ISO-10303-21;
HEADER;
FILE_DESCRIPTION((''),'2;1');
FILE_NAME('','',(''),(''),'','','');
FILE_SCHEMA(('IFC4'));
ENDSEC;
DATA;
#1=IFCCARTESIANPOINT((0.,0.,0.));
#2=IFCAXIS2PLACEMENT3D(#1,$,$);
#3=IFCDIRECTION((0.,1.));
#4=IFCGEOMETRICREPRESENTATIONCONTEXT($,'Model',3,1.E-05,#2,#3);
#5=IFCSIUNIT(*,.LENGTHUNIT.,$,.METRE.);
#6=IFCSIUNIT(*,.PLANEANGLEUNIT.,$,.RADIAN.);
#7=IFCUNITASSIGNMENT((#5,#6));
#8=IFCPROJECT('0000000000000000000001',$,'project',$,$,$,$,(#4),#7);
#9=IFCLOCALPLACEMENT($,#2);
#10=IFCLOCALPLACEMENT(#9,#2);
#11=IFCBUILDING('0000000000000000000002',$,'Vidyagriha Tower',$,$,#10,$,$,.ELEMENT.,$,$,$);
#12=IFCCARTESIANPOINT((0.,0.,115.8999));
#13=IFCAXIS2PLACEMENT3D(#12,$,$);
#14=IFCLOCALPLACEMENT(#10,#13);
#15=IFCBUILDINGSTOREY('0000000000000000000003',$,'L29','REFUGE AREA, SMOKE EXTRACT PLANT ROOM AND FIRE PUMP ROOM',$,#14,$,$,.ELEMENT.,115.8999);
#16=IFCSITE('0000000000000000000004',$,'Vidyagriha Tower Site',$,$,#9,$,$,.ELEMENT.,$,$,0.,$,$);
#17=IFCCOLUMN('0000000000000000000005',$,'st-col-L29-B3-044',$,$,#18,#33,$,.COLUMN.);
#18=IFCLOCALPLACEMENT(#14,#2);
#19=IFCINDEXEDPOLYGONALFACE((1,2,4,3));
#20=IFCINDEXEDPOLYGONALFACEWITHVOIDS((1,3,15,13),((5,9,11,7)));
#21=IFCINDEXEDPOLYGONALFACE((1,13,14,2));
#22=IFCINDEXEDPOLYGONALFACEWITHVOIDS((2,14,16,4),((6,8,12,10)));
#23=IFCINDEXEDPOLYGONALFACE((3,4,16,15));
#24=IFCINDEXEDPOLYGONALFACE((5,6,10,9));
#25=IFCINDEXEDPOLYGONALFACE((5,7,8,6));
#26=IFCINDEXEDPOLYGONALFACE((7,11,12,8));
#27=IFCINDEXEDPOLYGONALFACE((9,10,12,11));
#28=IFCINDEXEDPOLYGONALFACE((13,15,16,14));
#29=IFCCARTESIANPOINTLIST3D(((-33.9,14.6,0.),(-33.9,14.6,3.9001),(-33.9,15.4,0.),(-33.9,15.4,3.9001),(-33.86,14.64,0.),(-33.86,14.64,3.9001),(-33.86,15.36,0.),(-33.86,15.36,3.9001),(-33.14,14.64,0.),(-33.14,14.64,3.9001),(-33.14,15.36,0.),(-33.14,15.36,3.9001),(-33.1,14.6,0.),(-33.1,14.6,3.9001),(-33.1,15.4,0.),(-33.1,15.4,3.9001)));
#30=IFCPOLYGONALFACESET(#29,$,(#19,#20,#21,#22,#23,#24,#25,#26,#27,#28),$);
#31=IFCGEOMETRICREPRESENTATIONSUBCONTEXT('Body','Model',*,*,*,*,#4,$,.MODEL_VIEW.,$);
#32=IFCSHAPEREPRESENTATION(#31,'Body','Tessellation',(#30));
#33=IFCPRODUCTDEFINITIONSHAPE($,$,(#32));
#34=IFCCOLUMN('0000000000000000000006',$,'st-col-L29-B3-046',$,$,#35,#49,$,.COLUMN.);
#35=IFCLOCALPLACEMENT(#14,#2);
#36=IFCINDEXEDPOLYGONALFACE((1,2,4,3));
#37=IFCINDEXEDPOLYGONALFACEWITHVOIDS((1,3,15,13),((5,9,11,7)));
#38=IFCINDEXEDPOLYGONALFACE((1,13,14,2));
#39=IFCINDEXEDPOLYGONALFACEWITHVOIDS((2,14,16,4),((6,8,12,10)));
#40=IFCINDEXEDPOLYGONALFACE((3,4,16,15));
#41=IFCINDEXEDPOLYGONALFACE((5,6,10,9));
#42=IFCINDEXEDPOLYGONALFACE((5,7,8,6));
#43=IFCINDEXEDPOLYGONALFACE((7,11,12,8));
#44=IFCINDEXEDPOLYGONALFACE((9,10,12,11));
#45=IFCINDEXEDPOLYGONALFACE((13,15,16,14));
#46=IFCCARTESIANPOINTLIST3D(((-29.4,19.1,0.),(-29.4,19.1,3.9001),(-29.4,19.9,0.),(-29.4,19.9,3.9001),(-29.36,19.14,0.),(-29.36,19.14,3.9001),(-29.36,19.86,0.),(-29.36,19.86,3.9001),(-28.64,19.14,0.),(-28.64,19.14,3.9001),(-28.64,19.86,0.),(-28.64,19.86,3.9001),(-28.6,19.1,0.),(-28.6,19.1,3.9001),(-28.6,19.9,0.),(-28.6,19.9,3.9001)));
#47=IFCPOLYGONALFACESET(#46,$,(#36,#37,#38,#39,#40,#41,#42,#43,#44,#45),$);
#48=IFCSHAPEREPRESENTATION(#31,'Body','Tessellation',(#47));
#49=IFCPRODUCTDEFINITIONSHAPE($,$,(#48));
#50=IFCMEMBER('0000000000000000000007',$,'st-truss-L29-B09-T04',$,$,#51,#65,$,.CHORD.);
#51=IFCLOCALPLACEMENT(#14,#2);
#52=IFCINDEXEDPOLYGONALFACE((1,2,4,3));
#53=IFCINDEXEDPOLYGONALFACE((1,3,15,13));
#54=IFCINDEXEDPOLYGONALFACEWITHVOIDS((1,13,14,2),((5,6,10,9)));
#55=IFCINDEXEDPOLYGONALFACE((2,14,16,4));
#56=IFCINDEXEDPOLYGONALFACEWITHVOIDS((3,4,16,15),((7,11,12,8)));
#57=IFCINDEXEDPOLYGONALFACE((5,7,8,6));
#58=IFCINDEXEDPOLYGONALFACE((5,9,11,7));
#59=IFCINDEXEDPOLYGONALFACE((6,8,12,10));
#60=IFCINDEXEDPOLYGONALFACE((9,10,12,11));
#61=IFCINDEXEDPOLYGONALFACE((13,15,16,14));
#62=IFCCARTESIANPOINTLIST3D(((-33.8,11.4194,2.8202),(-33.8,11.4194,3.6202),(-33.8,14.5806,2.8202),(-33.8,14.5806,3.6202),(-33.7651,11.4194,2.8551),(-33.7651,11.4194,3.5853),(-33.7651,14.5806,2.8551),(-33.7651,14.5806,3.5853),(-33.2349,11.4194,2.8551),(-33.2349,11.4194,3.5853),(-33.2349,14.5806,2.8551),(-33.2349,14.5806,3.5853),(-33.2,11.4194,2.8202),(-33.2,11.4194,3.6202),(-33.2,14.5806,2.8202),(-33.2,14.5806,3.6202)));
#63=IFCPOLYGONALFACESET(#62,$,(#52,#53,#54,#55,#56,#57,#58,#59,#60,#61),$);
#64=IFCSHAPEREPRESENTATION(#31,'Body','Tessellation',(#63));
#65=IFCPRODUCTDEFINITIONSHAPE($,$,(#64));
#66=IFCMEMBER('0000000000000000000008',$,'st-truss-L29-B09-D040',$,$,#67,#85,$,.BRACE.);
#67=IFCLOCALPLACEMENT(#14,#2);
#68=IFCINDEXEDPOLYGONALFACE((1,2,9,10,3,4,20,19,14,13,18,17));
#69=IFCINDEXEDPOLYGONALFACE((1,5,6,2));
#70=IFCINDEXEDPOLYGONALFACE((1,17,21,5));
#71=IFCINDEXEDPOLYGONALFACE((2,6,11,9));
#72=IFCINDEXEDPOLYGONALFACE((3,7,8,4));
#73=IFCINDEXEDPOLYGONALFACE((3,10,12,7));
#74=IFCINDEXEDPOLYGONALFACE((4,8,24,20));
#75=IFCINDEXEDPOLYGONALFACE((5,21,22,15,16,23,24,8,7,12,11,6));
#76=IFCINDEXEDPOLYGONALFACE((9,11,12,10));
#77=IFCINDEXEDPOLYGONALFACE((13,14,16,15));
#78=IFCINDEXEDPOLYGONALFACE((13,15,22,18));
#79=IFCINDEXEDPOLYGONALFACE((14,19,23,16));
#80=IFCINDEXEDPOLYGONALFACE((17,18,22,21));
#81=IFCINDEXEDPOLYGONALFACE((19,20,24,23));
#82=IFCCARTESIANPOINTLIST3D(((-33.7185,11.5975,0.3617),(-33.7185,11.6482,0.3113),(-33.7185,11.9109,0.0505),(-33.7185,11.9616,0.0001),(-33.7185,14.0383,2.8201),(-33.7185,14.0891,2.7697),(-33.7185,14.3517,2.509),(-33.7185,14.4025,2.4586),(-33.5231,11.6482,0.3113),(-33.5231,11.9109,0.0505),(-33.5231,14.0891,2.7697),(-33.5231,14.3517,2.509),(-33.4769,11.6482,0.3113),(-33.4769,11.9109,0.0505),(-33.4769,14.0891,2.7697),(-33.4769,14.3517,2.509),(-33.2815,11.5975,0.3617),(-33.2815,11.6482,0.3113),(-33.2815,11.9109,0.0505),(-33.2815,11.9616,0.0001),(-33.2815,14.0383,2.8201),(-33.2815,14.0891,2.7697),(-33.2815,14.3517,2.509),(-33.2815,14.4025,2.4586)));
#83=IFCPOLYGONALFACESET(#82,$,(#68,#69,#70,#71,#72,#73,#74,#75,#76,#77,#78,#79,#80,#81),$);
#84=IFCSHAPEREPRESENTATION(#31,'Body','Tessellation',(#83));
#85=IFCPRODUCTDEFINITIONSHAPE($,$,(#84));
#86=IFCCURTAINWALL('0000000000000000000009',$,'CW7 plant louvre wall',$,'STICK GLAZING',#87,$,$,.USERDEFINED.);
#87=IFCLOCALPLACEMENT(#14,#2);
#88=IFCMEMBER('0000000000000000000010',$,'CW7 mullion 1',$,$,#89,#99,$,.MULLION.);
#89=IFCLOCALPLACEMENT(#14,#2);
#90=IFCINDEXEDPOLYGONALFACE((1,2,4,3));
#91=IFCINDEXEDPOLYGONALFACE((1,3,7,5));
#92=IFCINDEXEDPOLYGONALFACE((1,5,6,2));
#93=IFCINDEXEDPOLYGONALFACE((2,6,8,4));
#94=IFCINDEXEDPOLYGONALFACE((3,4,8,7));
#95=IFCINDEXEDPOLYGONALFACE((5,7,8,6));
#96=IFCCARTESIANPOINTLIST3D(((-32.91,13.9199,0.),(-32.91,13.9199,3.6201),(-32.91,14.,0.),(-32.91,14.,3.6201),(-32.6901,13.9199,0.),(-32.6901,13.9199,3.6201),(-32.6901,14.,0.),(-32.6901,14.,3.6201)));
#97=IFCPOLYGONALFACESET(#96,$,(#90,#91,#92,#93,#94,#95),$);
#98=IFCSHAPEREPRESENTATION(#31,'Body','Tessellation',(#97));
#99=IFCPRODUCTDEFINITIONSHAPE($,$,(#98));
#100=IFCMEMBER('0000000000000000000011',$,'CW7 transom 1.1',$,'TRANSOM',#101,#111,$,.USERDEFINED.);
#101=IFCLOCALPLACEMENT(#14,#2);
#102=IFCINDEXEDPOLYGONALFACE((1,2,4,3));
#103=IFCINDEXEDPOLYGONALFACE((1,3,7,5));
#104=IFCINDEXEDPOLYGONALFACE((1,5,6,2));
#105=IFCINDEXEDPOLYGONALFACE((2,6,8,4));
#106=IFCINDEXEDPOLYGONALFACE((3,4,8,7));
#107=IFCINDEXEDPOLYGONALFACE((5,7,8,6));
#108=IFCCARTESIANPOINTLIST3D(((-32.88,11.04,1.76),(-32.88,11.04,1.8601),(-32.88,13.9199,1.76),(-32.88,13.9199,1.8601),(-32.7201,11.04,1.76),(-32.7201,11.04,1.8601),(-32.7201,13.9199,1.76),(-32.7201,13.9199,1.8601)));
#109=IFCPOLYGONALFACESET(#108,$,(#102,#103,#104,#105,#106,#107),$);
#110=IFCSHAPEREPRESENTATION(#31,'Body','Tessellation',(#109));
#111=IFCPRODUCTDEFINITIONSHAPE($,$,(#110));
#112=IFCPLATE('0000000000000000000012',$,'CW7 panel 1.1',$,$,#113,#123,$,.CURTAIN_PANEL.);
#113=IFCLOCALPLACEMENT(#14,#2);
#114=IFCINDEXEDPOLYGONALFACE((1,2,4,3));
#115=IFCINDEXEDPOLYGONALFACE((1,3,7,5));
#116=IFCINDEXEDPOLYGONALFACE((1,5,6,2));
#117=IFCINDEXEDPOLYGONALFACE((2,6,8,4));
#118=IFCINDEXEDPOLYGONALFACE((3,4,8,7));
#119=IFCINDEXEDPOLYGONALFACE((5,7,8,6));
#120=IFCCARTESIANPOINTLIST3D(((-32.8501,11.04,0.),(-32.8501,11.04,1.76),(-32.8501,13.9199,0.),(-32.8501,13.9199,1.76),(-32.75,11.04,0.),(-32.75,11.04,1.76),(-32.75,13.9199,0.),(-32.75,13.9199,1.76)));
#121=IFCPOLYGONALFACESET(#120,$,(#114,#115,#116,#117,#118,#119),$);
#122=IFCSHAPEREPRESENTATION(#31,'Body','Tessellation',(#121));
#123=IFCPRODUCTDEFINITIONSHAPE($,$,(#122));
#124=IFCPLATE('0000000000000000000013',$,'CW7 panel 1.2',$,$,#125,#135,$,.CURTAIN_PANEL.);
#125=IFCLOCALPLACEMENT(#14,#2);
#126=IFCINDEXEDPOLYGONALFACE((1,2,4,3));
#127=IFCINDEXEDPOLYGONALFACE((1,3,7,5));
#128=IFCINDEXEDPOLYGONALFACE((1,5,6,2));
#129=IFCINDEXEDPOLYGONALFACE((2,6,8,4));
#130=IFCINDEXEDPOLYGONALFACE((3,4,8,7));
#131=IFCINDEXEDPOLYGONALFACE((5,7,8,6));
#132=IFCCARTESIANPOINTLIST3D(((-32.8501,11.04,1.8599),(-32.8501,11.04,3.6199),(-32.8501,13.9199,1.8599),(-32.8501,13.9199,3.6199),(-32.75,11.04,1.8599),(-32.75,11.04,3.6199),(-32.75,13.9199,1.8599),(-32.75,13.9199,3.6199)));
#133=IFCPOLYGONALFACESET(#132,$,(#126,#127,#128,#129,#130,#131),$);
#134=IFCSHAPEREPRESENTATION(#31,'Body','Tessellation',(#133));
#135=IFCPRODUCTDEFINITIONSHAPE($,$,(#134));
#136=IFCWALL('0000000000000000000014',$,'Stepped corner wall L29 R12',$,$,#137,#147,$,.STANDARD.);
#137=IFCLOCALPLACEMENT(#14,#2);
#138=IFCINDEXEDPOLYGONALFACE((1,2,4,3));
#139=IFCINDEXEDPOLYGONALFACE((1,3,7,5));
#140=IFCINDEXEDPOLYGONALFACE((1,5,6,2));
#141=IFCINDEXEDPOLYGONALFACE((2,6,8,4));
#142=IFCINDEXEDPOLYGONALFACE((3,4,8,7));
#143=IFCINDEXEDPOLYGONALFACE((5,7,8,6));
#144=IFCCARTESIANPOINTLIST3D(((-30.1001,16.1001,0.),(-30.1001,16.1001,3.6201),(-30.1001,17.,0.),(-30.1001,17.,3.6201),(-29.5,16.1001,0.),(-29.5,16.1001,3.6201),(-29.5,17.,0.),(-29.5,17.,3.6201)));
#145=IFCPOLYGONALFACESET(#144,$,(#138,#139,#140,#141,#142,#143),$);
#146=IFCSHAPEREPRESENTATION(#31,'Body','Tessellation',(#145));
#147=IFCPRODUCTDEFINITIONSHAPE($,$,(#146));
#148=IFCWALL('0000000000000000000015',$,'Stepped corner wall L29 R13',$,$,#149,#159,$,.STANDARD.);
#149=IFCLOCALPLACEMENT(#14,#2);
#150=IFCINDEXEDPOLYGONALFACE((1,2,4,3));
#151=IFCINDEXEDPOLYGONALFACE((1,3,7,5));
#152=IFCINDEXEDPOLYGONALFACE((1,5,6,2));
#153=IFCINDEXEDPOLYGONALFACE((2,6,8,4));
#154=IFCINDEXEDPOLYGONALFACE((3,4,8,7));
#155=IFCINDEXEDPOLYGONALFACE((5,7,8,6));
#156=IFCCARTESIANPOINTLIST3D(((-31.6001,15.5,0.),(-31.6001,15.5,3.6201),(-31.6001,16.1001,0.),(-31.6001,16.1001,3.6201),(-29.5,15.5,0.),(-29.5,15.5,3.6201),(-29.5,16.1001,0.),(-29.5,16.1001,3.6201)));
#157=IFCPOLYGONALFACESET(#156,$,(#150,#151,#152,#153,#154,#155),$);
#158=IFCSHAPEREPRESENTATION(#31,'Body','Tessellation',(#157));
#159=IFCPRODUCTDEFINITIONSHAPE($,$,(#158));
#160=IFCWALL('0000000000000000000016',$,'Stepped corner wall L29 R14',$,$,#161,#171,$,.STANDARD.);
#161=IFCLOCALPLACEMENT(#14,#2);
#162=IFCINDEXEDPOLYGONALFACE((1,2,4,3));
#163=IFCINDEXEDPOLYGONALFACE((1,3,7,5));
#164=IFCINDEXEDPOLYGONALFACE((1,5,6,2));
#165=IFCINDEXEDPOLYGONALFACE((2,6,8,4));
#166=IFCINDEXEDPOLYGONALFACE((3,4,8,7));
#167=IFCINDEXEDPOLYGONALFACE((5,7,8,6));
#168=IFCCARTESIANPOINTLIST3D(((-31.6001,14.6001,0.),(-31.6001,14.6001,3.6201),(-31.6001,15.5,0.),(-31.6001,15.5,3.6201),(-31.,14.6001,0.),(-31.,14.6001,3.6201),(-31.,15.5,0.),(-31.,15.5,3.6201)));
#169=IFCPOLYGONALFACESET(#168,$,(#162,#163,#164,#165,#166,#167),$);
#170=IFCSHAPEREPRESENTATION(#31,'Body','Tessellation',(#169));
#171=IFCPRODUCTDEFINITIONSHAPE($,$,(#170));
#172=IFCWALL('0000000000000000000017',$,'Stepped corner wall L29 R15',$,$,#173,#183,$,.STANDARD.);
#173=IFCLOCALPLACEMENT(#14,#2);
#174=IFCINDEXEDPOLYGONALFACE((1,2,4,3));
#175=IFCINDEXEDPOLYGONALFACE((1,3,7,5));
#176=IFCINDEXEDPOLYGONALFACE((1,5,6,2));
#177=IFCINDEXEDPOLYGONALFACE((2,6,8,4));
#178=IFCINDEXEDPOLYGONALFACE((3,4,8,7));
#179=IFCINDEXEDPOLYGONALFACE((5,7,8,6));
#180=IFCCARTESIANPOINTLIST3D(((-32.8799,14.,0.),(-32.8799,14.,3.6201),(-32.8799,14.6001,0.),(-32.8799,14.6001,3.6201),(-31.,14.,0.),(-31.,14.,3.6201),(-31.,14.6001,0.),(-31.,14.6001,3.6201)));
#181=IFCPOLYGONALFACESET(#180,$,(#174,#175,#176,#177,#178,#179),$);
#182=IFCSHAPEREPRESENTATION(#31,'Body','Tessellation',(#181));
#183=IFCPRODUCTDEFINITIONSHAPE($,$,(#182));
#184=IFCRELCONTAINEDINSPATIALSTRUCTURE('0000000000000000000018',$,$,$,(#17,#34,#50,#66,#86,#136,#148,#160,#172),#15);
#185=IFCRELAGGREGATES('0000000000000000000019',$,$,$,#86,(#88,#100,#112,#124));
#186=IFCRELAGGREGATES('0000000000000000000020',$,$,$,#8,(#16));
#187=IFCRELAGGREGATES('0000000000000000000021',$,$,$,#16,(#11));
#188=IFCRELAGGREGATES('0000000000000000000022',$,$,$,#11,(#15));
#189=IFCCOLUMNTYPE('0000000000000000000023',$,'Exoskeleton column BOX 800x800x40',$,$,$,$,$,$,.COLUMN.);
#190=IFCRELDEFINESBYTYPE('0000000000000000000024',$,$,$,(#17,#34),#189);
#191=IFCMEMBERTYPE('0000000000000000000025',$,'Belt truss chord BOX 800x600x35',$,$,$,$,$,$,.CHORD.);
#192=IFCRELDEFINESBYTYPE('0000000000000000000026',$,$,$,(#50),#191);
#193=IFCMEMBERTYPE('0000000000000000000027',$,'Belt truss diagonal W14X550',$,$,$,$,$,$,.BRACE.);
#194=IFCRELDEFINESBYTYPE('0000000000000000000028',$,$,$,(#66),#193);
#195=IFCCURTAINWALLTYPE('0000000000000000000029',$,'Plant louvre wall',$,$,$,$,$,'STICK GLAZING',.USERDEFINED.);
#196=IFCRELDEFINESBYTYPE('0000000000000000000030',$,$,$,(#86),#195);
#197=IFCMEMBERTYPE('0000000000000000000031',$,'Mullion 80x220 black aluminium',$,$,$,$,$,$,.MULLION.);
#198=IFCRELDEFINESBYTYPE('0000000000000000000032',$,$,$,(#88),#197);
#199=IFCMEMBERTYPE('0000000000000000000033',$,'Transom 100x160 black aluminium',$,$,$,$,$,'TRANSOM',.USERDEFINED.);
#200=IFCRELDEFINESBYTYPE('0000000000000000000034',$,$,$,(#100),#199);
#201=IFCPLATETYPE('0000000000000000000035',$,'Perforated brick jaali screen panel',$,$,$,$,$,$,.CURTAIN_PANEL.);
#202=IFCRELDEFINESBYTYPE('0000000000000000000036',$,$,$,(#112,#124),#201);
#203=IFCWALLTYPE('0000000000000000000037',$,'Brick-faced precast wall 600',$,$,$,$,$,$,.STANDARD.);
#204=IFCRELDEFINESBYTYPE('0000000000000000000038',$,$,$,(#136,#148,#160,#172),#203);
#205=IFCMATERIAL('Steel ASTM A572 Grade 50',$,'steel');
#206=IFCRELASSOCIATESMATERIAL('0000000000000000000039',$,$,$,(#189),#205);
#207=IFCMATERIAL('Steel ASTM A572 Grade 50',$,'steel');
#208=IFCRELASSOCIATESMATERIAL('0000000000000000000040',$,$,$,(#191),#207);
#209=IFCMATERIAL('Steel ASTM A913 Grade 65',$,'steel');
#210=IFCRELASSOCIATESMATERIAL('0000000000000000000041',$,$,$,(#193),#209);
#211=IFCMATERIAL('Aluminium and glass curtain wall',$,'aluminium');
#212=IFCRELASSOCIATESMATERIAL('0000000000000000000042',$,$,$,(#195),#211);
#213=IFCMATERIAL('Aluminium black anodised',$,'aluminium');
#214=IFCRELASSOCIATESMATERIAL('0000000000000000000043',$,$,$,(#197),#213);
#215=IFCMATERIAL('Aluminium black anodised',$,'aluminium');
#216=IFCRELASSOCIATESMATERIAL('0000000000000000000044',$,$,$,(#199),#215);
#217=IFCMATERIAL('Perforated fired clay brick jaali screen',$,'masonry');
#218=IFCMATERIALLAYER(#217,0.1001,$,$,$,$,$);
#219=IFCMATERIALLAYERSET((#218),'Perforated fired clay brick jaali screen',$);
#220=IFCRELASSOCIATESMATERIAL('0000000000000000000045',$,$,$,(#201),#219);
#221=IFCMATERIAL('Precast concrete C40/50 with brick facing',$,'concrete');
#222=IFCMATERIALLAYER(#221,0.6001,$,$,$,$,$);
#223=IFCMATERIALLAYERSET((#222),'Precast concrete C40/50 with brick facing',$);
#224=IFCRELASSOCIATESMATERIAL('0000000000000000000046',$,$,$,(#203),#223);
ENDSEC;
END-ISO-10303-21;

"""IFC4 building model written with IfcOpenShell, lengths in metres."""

from ifc_helpers import new_model, si_unit, direction, frame, frame_2d, origin, origin_2d, place, context, subcontext, project, spatial, rectangle, hollow_rectangle, i_section, extrude, material, layer, layer_set, material_profile, profile_set, type_object, element, aggregate, save


model = new_model("IFC4")

# Units and contexts
model_context = context("Model", 3, precision=1e-05, world=origin(), true_north=direction((0.0, 1.0)))
body_context = subcontext(model_context, "Body", "Model", "MODEL_VIEW")
ifc_project = project(units=[si_unit("LENGTHUNIT", "METRE"), si_unit("PLANEANGLEUNIT", "RADIAN")], contexts=[model_context])

# Site, building, storey
site_placement = place(None, origin())
site = spatial("IfcSite", under=ifc_project, at=site_placement, Name="Vidyagriha Tower Site", CompositionType="ELEMENT", RefElevation=0.0)
building_placement = place(site_placement, origin())
building = spatial("IfcBuilding", under=site, at=building_placement, Name="Vidyagriha Tower", CompositionType="ELEMENT")
storey_placement = place(building_placement, frame((0.0, 0.0, 115.8999)))
storey = spatial("IfcBuildingStorey", under=building, at=storey_placement, Name="L29", Description="REFUGE AREA, SMOKE EXTRACT PLANT ROOM AND FIRE PUMP ROOM", CompositionType="ELEMENT", Elevation=115.8999)

# Columns
ifc_material_1 = material(Name="Steel ASTM A572 Grade 50", Category="steel")
ifc_material_profile_1 = material_profile(ifc_material_1, hollow_rectangle(XDim=0.8, YDim=0.8, WallThickness=0.04, at=origin_2d()), Name="BOX 800x800x40")
ifc_profile_set_1 = profile_set([ifc_material_profile_1], Name="Steel ASTM A572 Grade 50")
column_type = type_object("IfcColumnType", Name="Exoskeleton column BOX 800x800x40", PredefinedType="COLUMN", material=ifc_profile_set_1)
for number, where, name in (
    (1, (-33.5, 15.0, 0.0), "st-col-L29-B3-044"),
    (2, (-29.0, 19.5, 0.0), "st-col-L29-B3-046"),
):
    element("IfcColumn", number, at=place(storey_placement, frame(where)), inside=storey, type_object=column_type, Name=name, PredefinedType="COLUMN", context=body_context, shape_type="SweptSolid", body=[
        extrude(hollow_rectangle(XDim=0.8, YDim=0.8, WallThickness=0.04, at=origin_2d()), origin(), (0.0, 0.0, 1.0), 3.9001),
    ])

# Members
ifc_material_2 = material(Name="Steel ASTM A572 Grade 50", Category="steel")
ifc_material_profile_2 = material_profile(ifc_material_2, hollow_rectangle(XDim=0.6001, YDim=0.8, WallThickness=0.0349, at=origin_2d()), Name="BOX 800x600x35")
ifc_profile_set_2 = profile_set([ifc_material_profile_2], Name="Steel ASTM A572 Grade 50")
member_type_1 = type_object("IfcMemberType", Name="Belt truss chord BOX 800x600x35", PredefinedType="CHORD", material=ifc_profile_set_2)
member_1_placement = place(storey_placement, frame((-33.5, 11.4194, 3.2202), z_axis=(0.0, 1.0, 0.0), x_axis=(-1.0, 0.0, 0.0)))
element("IfcMember", 3, at=member_1_placement, inside=storey, type_object=member_type_1, Name="st-truss-L29-B09-T04", PredefinedType="CHORD", context=body_context, shape_type="SweptSolid", body=[
    extrude(hollow_rectangle(XDim=0.6001, YDim=0.8, WallThickness=0.0349, at=origin_2d()), origin(), (0.0, 0.0, 1.0), 3.1611),
])
ifc_material_3 = material(Name="Steel ASTM A913 Grade 65", Category="steel")
ifc_material_profile_3 = material_profile(ifc_material_3, i_section(OverallWidth=0.437, OverallDepth=0.5132, WebThickness=0.0461, FlangeThickness=0.0715, at=origin_2d()), Name="W14X550")
ifc_profile_set_3 = profile_set([ifc_material_profile_3], Name="Steel ASTM A913 Grade 65")
member_type_2 = type_object("IfcMemberType", Name="Belt truss diagonal W14X550", PredefinedType="BRACE", material=ifc_profile_set_3)
member_2_placement = place(storey_placement, frame((-33.5, 11.7795, 0.1809), z_axis=(0.0, 0.704565, 0.709639), x_axis=(-1.0, 0.0, 0.0)))
element("IfcMember", 4, at=member_2_placement, inside=storey, type_object=member_type_2, Name="st-truss-L29-B09-D040", PredefinedType="BRACE", context=body_context, shape_type="SweptSolid", body=[
    extrude(i_section(OverallWidth=0.437, OverallDepth=0.5132, WebThickness=0.0461, FlangeThickness=0.0715, at=origin_2d()), origin(), (0.0, 0.0, 1.0), 3.4644),
])

# Curtain wall, members, plates
ifc_material_4 = material(Name="Aluminium and glass curtain wall", Category="aluminium")
curtain_wall_type = type_object("IfcCurtainWallType", Name="Plant louvre wall", ElementType="STICK GLAZING", PredefinedType="USERDEFINED", material=ifc_material_4)
curtain_wall_placement = place(storey_placement, origin())
curtain_wall = element("IfcCurtainWall", 5, at=curtain_wall_placement, inside=storey, type_object=curtain_wall_type, Name="CW7 plant louvre wall", ObjectType="STICK GLAZING", PredefinedType="USERDEFINED")
ifc_material_5 = material(Name="Aluminium black anodised", Category="aluminium")
ifc_material_profile_4 = material_profile(ifc_material_5, rectangle(XDim=0.22, YDim=0.0801, at=origin_2d()), Name="Mullion 80x220 black aluminium")
ifc_profile_set_4 = profile_set([ifc_material_profile_4], Name="Aluminium black anodised")
member_type_3 = type_object("IfcMemberType", Name="Mullion 80x220 black aluminium", PredefinedType="MULLION", material=ifc_profile_set_4)
member_3_placement = place(storey_placement, frame((-32.8, 13.96, 0.0)))
member_3 = element("IfcMember", 6, at=member_3_placement, type_object=member_type_3, Name="CW7 mullion 1", PredefinedType="MULLION", context=body_context, shape_type="SweptSolid", body=[
    extrude(rectangle(XDim=0.22, YDim=0.0801, at=origin_2d()), origin(), (0.0, 0.0, 1.0), 3.6201),
])
ifc_material_6 = material(Name="Aluminium black anodised", Category="aluminium")
ifc_material_profile_5 = material_profile(ifc_material_6, rectangle(XDim=0.1599, YDim=0.1001, at=origin_2d()), Name="Transom 100x160 black aluminium")
ifc_profile_set_5 = profile_set([ifc_material_profile_5], Name="Aluminium black anodised")
member_type_4 = type_object("IfcMemberType", Name="Transom 100x160 black aluminium", ElementType="TRANSOM", PredefinedType="USERDEFINED", material=ifc_profile_set_5)
member_4_placement = place(storey_placement, frame((-32.8, 13.9199, 1.8101), z_axis=(0.0, -1.0, 0.0), x_axis=(1.0, 0.0, 0.0)))
member_4 = element("IfcMember", 7, at=member_4_placement, type_object=member_type_4, Name="CW7 transom 1.1", ObjectType="TRANSOM", PredefinedType="USERDEFINED", context=body_context, shape_type="SweptSolid", body=[
    extrude(rectangle(XDim=0.1599, YDim=0.1001, at=origin_2d()), origin(), (0.0, 0.0, 1.0), 2.8799),
])
ifc_material_7 = material(Name="Perforated fired clay brick jaali screen", Category="masonry")
ifc_layer_1 = layer(ifc_material_7, 0.1001)
ifc_layer_set_1 = layer_set([ifc_layer_1], Name="Perforated fired clay brick jaali screen")
plate_type = type_object("IfcPlateType", Name="Perforated brick jaali screen panel", PredefinedType="CURTAIN_PANEL", material=ifc_layer_set_1)
plate_1_placement = place(storey_placement, frame((-32.8, 12.48, 0.0), z_axis=(0.0, 0.0, 1.0), x_axis=(0.0, -1.0, 0.0)))
plate_1 = element("IfcPlate", 8, at=plate_1_placement, type_object=plate_type, Name="CW7 panel 1.1", PredefinedType="CURTAIN_PANEL", context=body_context, shape_type="SweptSolid", body=[
    extrude(rectangle(XDim=2.8799, YDim=0.1001, at=origin_2d()), origin(), (0.0, 0.0, 1.0), 1.76),
])
plate_2_placement = place(storey_placement, frame((-32.8, 12.48, 1.8599), z_axis=(0.0, 0.0, 1.0), x_axis=(0.0, -1.0, 0.0)))
plate_2 = element("IfcPlate", 9, at=plate_2_placement, type_object=plate_type, Name="CW7 panel 1.2", PredefinedType="CURTAIN_PANEL", context=body_context, shape_type="SweptSolid", body=[
    extrude(rectangle(XDim=2.8799, YDim=0.1001, at=origin_2d()), origin(), (0.0, 0.0, 1.0), 1.76),
])
aggregate(curtain_wall, [member_3, member_4, plate_1, plate_2])

# Walls
ifc_material_8 = material(Name="Precast concrete C40/50 with brick facing", Category="concrete")
ifc_layer_2 = layer(ifc_material_8, 0.6001)
ifc_layer_set_2 = layer_set([ifc_layer_2], Name="Precast concrete C40/50 with brick facing")
wall_type_1 = type_object("IfcWallType", Name="Brick-faced precast wall 600", PredefinedType="STANDARD", material=ifc_layer_set_2)
wall_1_placement = place(storey_placement, frame((-29.8, 17.0, 0.0), z_axis=(0.0, 0.0, 1.0), x_axis=(0.0, -1.0, 0.0)))
element("IfcWall", 10, at=wall_1_placement, inside=storey, type_object=wall_type_1, Name="Stepped corner wall L29 R12", PredefinedType="STANDARD", context=body_context, shape_type="SweptSolid", body=[
    extrude(rectangle(XDim=0.8999, YDim=0.6001, at=frame_2d((0.45, 0.0))), origin(), (0.0, 0.0, 1.0), 3.6201),
])
wall_2_placement = place(storey_placement, frame((-29.5, 15.8, 0.0), z_axis=(0.0, 0.0, 1.0), x_axis=(-1.0, 0.0, 0.0)))
element("IfcWall", 11, at=wall_2_placement, inside=storey, type_object=wall_type_1, Name="Stepped corner wall L29 R13", PredefinedType="STANDARD", context=body_context, shape_type="SweptSolid", body=[
    extrude(rectangle(XDim=2.1001, YDim=0.6001, at=frame_2d((1.05, 0.0))), origin(), (0.0, 0.0, 1.0), 3.6201),
])
wall_3_placement = place(storey_placement, frame((-31.3, 15.5, 0.0), z_axis=(0.0, 0.0, 1.0), x_axis=(0.0, -1.0, 0.0)))
element("IfcWall", 12, at=wall_3_placement, inside=storey, type_object=wall_type_1, Name="Stepped corner wall L29 R14", PredefinedType="STANDARD", context=body_context, shape_type="SweptSolid", body=[
    extrude(rectangle(XDim=0.8999, YDim=0.6001, at=frame_2d((0.45, 0.0))), origin(), (0.0, 0.0, 1.0), 3.6201),
])
wall_4_placement = place(storey_placement, frame((-31.0, 14.3, 0.0), z_axis=(0.0, 0.0, 1.0), x_axis=(-1.0, 0.0, 0.0)))
element("IfcWall", 13, at=wall_4_placement, inside=storey, type_object=wall_type_1, Name="Stepped corner wall L29 R15", PredefinedType="STANDARD", context=body_context, shape_type="SweptSolid", body=[
    extrude(rectangle(XDim=1.8799, YDim=0.6001, at=frame_2d((0.9399, 0.0))), origin(), (0.0, 0.0, 1.0), 3.6201),
])

save(model, "model.ifc")
